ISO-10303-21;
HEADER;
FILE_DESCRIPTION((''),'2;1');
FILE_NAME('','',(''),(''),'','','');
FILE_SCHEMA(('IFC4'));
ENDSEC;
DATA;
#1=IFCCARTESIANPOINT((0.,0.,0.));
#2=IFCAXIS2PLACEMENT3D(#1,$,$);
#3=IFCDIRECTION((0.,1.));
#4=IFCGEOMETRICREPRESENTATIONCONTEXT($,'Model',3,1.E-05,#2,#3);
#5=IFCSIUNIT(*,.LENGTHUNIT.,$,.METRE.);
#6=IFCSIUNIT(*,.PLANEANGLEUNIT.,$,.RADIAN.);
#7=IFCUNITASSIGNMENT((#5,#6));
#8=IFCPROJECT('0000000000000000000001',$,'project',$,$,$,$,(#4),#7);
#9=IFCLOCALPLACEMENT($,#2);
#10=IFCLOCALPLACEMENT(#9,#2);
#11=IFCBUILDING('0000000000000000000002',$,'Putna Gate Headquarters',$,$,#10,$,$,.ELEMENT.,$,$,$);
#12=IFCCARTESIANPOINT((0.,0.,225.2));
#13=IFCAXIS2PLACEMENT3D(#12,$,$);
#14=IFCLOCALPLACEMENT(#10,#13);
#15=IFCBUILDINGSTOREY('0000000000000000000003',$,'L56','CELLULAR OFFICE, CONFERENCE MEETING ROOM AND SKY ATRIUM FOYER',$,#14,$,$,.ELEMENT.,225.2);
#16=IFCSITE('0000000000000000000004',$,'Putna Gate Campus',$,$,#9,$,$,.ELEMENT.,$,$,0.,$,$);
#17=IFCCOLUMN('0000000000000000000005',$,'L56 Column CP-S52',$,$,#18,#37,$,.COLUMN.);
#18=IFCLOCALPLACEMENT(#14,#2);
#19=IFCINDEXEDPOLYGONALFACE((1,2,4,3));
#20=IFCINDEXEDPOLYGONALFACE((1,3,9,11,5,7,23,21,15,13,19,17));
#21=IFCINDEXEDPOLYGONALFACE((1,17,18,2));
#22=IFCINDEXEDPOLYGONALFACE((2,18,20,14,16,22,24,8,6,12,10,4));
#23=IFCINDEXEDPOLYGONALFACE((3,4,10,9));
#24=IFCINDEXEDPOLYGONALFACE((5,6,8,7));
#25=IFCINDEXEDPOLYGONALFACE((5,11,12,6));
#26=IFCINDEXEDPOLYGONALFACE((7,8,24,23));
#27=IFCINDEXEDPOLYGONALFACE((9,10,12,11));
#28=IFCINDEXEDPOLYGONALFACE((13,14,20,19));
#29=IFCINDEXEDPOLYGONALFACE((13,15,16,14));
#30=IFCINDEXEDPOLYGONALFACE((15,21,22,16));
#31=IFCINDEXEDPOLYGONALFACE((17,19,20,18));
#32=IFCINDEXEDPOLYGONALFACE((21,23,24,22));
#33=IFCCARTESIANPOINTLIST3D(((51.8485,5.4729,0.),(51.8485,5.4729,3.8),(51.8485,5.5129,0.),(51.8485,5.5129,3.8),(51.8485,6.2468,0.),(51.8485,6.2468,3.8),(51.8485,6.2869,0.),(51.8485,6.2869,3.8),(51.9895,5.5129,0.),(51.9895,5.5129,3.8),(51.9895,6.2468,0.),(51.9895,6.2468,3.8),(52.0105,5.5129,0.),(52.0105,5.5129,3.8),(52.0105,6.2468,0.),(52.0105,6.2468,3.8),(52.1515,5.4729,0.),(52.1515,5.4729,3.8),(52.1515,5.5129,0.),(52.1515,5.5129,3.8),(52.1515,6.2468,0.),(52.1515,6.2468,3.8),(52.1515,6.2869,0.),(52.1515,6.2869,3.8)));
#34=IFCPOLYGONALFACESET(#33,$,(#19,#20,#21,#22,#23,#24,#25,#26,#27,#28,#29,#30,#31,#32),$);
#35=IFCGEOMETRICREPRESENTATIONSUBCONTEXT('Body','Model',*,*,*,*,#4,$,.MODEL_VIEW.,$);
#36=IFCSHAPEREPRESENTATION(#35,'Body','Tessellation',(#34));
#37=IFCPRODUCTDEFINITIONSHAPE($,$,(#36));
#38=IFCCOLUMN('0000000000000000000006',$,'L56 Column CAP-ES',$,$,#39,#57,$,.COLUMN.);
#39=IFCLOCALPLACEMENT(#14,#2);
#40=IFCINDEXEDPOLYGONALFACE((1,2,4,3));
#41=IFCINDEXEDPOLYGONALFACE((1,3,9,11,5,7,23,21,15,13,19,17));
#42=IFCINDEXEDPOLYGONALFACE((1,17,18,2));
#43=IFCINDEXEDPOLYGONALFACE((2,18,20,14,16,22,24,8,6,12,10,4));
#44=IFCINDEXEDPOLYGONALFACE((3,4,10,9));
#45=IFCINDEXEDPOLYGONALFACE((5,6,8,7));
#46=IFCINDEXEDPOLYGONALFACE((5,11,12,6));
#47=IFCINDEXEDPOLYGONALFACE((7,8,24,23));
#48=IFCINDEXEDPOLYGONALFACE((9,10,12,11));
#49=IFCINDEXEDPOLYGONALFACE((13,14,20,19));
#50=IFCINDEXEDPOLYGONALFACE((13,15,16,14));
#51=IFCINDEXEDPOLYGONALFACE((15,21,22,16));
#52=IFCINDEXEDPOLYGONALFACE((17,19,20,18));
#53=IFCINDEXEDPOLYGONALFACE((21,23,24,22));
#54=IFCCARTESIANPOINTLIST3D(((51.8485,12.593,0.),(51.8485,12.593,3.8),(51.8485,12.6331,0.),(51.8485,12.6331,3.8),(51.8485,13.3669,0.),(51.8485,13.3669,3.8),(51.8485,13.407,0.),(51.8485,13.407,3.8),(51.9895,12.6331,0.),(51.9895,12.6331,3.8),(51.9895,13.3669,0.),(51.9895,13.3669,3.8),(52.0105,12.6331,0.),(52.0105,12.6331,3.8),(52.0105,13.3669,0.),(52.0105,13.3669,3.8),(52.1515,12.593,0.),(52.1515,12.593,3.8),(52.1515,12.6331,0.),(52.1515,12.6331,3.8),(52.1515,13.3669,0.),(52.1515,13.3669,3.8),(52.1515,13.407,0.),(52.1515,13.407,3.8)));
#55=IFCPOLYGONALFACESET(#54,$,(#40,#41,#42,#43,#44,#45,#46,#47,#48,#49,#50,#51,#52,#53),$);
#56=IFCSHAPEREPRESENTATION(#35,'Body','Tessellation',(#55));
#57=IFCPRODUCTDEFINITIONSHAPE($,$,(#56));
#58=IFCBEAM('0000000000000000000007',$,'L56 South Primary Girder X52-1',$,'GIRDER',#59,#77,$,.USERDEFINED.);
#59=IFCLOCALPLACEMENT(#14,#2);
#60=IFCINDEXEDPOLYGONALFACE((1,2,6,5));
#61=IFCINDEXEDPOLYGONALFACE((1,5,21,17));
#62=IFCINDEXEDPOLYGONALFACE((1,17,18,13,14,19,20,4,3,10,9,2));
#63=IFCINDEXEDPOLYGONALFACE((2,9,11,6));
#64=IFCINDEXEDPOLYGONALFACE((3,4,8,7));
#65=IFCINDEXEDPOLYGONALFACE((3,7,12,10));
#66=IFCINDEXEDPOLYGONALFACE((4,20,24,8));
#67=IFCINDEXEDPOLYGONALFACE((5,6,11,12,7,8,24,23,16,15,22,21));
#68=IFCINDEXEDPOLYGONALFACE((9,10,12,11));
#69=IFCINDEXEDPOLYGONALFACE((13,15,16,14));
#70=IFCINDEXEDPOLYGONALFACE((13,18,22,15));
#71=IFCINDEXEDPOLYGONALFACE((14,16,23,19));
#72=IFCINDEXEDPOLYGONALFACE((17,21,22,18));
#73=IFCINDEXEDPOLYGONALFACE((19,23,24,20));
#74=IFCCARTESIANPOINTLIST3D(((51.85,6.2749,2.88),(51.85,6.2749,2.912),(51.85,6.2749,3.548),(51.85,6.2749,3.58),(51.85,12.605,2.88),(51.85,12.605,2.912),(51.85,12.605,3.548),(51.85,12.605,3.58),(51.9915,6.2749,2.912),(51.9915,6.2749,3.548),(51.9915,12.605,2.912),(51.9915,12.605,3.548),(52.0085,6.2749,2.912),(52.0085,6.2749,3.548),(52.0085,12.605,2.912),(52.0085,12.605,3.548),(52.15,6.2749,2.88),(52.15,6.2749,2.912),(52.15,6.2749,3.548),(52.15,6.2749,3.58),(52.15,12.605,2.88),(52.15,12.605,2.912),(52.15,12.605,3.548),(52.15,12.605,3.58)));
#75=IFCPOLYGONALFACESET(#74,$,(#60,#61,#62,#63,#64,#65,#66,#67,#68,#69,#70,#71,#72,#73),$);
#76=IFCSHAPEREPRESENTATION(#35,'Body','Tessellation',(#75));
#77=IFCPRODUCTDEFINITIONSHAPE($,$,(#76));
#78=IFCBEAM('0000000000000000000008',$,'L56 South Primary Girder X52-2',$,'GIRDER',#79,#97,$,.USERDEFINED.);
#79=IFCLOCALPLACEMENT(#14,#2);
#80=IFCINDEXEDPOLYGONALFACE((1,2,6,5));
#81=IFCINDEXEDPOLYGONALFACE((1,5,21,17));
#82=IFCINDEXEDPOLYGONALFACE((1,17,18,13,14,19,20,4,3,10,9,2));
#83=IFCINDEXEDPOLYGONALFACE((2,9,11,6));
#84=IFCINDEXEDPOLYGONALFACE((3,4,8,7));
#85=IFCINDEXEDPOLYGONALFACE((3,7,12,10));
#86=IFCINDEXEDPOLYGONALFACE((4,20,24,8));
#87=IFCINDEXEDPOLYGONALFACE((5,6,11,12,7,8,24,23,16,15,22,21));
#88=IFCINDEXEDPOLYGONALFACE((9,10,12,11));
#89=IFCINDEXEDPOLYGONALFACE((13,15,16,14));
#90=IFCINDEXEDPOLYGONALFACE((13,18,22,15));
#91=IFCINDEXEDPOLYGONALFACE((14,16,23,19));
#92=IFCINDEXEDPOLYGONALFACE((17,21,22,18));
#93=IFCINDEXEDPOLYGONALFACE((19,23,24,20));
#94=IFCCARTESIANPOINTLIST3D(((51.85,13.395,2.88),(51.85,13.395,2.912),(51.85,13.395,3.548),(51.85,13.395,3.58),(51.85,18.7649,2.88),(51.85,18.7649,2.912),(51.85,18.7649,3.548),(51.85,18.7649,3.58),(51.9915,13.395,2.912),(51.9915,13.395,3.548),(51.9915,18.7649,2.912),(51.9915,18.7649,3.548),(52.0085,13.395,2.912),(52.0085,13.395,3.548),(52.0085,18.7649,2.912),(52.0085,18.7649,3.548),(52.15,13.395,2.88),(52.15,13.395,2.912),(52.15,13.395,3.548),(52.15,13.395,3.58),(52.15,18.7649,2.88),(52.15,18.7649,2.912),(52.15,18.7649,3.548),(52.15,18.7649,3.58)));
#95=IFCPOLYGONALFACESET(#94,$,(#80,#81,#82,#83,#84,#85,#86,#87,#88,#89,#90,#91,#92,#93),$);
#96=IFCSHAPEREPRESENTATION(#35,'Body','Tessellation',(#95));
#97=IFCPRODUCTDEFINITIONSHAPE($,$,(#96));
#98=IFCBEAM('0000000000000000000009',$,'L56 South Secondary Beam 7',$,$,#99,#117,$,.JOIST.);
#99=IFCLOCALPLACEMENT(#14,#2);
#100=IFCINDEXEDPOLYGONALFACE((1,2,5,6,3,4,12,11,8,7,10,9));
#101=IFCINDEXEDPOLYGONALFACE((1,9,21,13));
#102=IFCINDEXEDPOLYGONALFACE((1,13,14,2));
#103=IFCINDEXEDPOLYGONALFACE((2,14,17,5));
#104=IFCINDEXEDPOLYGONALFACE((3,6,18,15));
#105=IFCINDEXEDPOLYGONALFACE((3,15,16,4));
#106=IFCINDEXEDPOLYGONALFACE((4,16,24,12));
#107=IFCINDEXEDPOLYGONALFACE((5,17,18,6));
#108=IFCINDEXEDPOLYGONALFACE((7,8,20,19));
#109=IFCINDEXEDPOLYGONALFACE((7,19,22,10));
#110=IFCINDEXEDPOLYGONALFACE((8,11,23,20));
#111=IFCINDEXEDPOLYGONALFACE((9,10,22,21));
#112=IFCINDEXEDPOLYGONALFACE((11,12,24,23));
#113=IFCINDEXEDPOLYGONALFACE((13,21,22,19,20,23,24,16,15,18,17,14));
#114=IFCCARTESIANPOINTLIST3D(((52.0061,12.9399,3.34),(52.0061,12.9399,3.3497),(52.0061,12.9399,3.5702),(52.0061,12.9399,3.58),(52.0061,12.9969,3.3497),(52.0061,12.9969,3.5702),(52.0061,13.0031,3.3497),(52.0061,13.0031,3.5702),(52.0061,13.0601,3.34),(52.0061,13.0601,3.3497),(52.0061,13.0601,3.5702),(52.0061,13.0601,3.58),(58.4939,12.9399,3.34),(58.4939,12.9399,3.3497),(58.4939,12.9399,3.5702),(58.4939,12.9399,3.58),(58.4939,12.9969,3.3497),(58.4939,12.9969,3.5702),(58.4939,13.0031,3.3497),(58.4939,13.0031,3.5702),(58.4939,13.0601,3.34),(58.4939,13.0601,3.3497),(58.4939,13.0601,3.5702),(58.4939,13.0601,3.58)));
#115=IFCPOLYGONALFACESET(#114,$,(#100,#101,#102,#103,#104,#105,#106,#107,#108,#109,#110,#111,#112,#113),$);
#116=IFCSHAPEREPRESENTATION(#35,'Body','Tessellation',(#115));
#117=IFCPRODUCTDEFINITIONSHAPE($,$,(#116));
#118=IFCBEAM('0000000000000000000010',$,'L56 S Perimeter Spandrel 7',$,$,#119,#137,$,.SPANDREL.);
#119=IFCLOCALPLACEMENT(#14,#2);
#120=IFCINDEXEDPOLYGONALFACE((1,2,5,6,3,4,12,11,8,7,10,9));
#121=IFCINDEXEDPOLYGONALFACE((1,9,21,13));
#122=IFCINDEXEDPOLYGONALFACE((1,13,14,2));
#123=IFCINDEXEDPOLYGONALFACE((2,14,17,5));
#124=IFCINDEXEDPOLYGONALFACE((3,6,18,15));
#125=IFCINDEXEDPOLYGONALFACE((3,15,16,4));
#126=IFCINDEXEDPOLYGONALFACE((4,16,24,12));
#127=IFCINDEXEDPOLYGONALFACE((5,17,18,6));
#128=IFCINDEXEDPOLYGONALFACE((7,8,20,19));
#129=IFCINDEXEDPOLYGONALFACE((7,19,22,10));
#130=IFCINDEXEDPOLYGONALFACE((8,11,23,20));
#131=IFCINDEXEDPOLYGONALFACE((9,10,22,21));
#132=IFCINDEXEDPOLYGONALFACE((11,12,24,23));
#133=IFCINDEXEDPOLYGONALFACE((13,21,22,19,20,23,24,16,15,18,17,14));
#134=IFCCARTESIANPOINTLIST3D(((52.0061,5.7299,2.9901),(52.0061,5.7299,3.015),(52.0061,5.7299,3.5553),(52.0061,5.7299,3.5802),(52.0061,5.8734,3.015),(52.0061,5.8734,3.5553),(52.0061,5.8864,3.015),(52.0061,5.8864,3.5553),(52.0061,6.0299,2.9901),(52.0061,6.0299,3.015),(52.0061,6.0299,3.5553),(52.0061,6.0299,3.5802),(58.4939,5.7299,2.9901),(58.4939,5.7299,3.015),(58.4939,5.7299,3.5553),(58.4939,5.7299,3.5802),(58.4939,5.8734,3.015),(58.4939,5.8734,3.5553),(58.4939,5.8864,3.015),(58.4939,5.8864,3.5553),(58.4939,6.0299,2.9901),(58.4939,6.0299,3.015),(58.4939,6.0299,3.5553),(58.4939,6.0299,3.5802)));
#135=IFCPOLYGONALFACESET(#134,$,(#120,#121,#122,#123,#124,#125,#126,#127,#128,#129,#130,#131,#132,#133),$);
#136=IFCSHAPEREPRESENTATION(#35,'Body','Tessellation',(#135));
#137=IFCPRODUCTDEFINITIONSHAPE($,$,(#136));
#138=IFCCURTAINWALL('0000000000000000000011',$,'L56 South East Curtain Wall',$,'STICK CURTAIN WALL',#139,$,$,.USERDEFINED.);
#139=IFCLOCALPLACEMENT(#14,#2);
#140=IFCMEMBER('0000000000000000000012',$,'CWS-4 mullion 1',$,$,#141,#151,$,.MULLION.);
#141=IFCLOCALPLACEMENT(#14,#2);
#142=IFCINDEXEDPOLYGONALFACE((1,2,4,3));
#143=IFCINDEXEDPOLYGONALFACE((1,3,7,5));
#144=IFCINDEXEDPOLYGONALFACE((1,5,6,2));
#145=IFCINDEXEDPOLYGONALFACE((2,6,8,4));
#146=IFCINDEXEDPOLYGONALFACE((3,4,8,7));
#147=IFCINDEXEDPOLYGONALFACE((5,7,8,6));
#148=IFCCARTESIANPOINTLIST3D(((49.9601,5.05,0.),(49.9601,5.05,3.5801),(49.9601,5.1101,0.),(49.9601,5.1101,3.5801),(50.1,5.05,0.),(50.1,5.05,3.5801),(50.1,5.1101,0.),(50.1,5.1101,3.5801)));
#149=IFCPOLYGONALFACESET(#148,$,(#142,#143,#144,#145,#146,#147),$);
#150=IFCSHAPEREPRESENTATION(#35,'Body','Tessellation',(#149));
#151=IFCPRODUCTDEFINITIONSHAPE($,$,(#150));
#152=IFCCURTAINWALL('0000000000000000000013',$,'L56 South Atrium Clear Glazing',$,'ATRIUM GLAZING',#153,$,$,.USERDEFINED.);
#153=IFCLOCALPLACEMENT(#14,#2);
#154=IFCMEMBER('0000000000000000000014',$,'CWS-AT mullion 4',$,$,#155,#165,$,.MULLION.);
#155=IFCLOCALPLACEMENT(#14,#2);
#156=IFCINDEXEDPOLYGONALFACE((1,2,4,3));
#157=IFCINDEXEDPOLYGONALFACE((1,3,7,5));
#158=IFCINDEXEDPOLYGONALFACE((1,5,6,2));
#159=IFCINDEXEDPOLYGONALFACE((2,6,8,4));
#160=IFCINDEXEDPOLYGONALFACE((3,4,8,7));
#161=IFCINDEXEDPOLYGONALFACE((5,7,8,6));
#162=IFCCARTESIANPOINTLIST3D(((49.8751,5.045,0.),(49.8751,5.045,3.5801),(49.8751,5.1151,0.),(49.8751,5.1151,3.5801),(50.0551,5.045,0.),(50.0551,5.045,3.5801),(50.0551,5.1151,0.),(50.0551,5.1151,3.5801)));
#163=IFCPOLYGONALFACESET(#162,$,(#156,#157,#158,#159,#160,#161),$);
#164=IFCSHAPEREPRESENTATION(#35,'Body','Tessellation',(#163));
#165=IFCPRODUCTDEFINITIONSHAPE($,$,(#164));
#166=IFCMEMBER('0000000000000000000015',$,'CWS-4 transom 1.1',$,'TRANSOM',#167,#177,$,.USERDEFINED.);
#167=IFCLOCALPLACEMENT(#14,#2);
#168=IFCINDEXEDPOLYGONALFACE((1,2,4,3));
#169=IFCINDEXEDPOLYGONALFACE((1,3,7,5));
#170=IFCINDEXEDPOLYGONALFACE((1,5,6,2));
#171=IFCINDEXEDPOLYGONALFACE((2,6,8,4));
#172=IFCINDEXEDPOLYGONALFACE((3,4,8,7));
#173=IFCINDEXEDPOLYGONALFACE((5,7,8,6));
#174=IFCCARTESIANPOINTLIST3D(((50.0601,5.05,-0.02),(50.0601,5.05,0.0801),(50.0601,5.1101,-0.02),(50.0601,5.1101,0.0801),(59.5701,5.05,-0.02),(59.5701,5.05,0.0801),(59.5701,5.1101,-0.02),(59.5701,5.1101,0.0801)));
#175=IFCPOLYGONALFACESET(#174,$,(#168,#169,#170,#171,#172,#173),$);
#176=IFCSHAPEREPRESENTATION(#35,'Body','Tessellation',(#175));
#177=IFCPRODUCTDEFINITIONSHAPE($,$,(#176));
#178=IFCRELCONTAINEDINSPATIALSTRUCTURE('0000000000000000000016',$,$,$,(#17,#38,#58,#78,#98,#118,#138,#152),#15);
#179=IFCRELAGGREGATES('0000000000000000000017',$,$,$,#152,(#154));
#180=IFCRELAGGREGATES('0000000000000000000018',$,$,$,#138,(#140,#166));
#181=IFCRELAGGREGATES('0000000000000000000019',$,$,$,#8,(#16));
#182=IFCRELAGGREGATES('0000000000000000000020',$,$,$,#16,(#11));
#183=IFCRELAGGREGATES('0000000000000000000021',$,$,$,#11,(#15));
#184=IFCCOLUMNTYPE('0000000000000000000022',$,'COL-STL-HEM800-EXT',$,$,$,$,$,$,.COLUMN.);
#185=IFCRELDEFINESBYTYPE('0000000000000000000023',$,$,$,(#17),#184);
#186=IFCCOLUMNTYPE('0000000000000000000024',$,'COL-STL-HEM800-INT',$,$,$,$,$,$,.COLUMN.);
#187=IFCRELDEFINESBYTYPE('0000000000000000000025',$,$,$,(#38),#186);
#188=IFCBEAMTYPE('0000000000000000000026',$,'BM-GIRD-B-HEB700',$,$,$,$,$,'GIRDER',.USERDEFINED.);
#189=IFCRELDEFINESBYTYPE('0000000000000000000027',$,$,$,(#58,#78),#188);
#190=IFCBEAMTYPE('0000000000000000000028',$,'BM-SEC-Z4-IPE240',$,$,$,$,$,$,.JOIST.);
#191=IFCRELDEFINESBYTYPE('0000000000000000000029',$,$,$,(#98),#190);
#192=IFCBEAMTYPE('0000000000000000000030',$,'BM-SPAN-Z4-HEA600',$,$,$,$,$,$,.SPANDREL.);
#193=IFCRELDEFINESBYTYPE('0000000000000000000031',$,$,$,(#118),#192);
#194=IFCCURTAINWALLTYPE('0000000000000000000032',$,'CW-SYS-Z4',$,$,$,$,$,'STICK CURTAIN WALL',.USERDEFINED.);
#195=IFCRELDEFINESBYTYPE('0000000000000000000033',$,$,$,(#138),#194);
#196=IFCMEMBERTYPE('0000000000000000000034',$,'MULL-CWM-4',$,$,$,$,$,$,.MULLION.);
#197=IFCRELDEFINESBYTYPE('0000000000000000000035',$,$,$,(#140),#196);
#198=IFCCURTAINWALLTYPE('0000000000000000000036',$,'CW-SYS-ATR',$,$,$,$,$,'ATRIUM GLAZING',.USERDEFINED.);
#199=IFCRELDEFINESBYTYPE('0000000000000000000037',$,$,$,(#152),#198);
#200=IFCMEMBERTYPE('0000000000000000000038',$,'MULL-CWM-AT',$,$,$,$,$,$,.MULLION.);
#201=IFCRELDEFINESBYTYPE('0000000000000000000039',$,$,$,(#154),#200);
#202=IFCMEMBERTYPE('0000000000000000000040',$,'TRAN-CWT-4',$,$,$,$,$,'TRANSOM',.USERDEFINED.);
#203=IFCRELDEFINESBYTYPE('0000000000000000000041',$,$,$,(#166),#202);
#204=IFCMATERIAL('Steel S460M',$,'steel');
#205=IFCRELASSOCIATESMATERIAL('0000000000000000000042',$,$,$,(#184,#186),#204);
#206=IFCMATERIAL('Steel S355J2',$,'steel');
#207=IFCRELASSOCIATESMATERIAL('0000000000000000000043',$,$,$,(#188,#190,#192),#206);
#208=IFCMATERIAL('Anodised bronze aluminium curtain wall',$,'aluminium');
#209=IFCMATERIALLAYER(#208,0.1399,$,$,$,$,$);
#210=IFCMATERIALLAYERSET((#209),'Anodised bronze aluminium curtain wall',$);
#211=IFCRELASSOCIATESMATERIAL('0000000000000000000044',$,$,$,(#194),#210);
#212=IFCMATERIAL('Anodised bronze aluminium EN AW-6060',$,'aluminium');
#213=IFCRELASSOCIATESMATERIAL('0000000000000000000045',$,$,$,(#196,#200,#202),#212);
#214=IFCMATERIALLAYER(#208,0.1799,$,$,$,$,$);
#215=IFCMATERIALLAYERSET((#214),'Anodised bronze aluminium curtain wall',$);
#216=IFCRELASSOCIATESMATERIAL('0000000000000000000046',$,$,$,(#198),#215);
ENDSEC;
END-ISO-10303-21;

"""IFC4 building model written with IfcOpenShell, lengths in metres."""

from ifc_helpers import new_model, si_unit, direction, frame, origin, origin_2d, place, context, subcontext, project, spatial, rectangle, i_section, extrude, material, layer, layer_set, material_profile, profile_set, type_object, element, aggregate, save


model = new_model("IFC4")

# Units and contexts
model_context = context("Model", 3, precision=1e-05, world=origin(), true_north=direction((0.0, 1.0)))
body_context = subcontext(model_context, "Body", "Model", "MODEL_VIEW")
ifc_project = project(units=[si_unit("LENGTHUNIT", "METRE"), si_unit("PLANEANGLEUNIT", "RADIAN")], contexts=[model_context])

# Site, building, storey
site_placement = place(None, origin())
site = spatial("IfcSite", under=ifc_project, at=site_placement, Name="Putna Gate Campus", CompositionType="ELEMENT", RefElevation=0.0)
building_placement = place(site_placement, origin())
building = spatial("IfcBuilding", under=site, at=building_placement, Name="Putna Gate Headquarters", CompositionType="ELEMENT")
storey_placement = place(building_placement, frame((0.0, 0.0, 225.2)))
storey = spatial("IfcBuildingStorey", under=building, at=storey_placement, Name="L56", Description="CELLULAR OFFICE, CONFERENCE MEETING ROOM AND SKY ATRIUM FOYER", CompositionType="ELEMENT", Elevation=225.2)

# Columns
ifc_material_1 = material(Name="Steel S460M", Category="steel")
ifc_material_profile_1 = material_profile(ifc_material_1, i_section(OverallWidth=0.303, OverallDepth=0.814, WebThickness=0.021, FlangeThickness=0.04, at=origin_2d()), Name="Steel S460M")
ifc_profile_set_1 = profile_set([ifc_material_profile_1], Name="Steel S460M")
column_type_1 = type_object("IfcColumnType", Name="COL-STL-HEM800-EXT", PredefinedType="COLUMN", material=ifc_profile_set_1)
column_1_placement = place(storey_placement, frame((52.0, 5.8799, 0.0), z_axis=(0.0, 0.0, 1.0), x_axis=(1.0, 0.0, 0.0)))
element("IfcColumn", 1, at=column_1_placement, inside=storey, type_object=column_type_1, Name="L56 Column CP-S52", PredefinedType="COLUMN", context=body_context, shape_type="SweptSolid", body=[
    extrude(i_section(OverallWidth=0.303, OverallDepth=0.814, WebThickness=0.021, FlangeThickness=0.04, at=origin_2d()), origin(), (0.0, 0.0, 1.0), 3.8),
])
ifc_material_profile_2 = material_profile(ifc_material_1, i_section(OverallWidth=0.303, OverallDepth=0.814, WebThickness=0.021, FlangeThickness=0.04, at=origin_2d()), Name="Steel S460M")
ifc_profile_set_2 = profile_set([ifc_material_profile_2], Name="Steel S460M")
column_type_2 = type_object("IfcColumnType", Name="COL-STL-HEM800-INT", PredefinedType="COLUMN", material=ifc_profile_set_2)
column_2_placement = place(storey_placement, frame((52.0, 13.0, 0.0), z_axis=(0.0, 0.0, 1.0), x_axis=(1.0, 0.0, 0.0)))
element("IfcColumn", 2, at=column_2_placement, inside=storey, type_object=column_type_2, Name="L56 Column CAP-ES", PredefinedType="COLUMN", context=body_context, shape_type="SweptSolid", body=[
    extrude(i_section(OverallWidth=0.303, OverallDepth=0.814, WebThickness=0.021, FlangeThickness=0.04, at=origin_2d()), origin(), (0.0, 0.0, 1.0), 3.8),
])

# Beams
ifc_material_2 = material(Name="Steel S355J2", Category="steel")
ifc_material_profile_3 = material_profile(ifc_material_2, i_section(OverallWidth=0.3, OverallDepth=0.7, WebThickness=0.0171, FlangeThickness=0.032, at=origin_2d()), Name="Steel S355J2")
ifc_profile_set_3 = profile_set([ifc_material_profile_3], Name="Steel S355J2")
beam_type_1 = type_object("IfcBeamType", Name="BM-GIRD-B-HEB700", ElementType="GIRDER", PredefinedType="USERDEFINED", material=ifc_profile_set_3)
beam_1_placement = place(storey_placement, frame((52.0, 6.2749, 3.23), z_axis=(0.0, 1.0, 0.0), x_axis=(-1.0, 0.0, 0.0)))
element("IfcBeam", 3, at=beam_1_placement, inside=storey, type_object=beam_type_1, Name="L56 South Primary Girder X52-1", ObjectType="GIRDER", PredefinedType="USERDEFINED", context=body_context, shape_type="SweptSolid", body=[
    extrude(i_section(OverallWidth=0.3, OverallDepth=0.7, WebThickness=0.0171, FlangeThickness=0.032, at=origin_2d()), origin(), (0.0, 0.0, 1.0), 6.3301),
])
beam_2_placement = place(storey_placement, frame((52.0, 13.395, 3.23), z_axis=(0.0, 1.0, 0.0), x_axis=(-1.0, 0.0, 0.0)))
element("IfcBeam", 4, at=beam_2_placement, inside=storey, type_object=beam_type_1, Name="L56 South Primary Girder X52-2", ObjectType="GIRDER", PredefinedType="USERDEFINED", context=body_context, shape_type="SweptSolid", body=[
    extrude(i_section(OverallWidth=0.3, OverallDepth=0.7, WebThickness=0.0171, FlangeThickness=0.032, at=origin_2d()), origin(), (0.0, 0.0, 1.0), 5.3699),
])
ifc_material_profile_4 = material_profile(ifc_material_2, i_section(OverallWidth=0.1201, OverallDepth=0.24, WebThickness=0.0061, FlangeThickness=0.0098, at=origin_2d()), Name="Steel S355J2")
ifc_profile_set_4 = profile_set([ifc_material_profile_4], Name="Steel S355J2")
beam_type_2 = type_object("IfcBeamType", Name="BM-SEC-Z4-IPE240", PredefinedType="JOIST", material=ifc_profile_set_4)
beam_3_placement = place(storey_placement, frame((52.0061, 13.0, 3.46), z_axis=(1.0, 0.0, 0.0), x_axis=(0.0, 1.0, 0.0)))
element("IfcBeam", 5, at=beam_3_placement, inside=storey, type_object=beam_type_2, Name="L56 South Secondary Beam 7", PredefinedType="JOIST", context=body_context, shape_type="SweptSolid", body=[
    extrude(i_section(OverallWidth=0.1201, OverallDepth=0.24, WebThickness=0.0061, FlangeThickness=0.0098, at=origin_2d()), origin(), (0.0, 0.0, 1.0), 6.4878),
])
ifc_material_profile_5 = material_profile(ifc_material_2, i_section(OverallWidth=0.3, OverallDepth=0.5901, WebThickness=0.0129, FlangeThickness=0.0249, at=origin_2d()), Name="Steel S355J2")
ifc_profile_set_5 = profile_set([ifc_material_profile_5], Name="Steel S355J2")
beam_type_3 = type_object("IfcBeamType", Name="BM-SPAN-Z4-HEA600", PredefinedType="SPANDREL", material=ifc_profile_set_5)
beam_4_placement = place(storey_placement, frame((52.0061, 5.8799, 3.2852), z_axis=(1.0, 0.0, 0.0), x_axis=(0.0, 1.0, 0.0)))
element("IfcBeam", 6, at=beam_4_placement, inside=storey, type_object=beam_type_3, Name="L56 S Perimeter Spandrel 7", PredefinedType="SPANDREL", context=body_context, shape_type="SweptSolid", body=[
    extrude(i_section(OverallWidth=0.3, OverallDepth=0.5901, WebThickness=0.0129, FlangeThickness=0.0249, at=origin_2d()), origin(), (0.0, 0.0, 1.0), 6.4878),
])

# Curtain walls, members
ifc_material_3 = material(Name="Anodised bronze aluminium curtain wall", Category="aluminium")
ifc_layer_1 = layer(ifc_material_3, 0.1399)
ifc_layer_set_1 = layer_set([ifc_layer_1], Name="Anodised bronze aluminium curtain wall")
curtain_wall_type_1 = type_object("IfcCurtainWallType", Name="CW-SYS-Z4", ElementType="STICK CURTAIN WALL", PredefinedType="USERDEFINED", material=ifc_layer_set_1)
curtain_wall_1_placement = place(storey_placement, origin())
curtain_wall_1 = element("IfcCurtainWall", 7, at=curtain_wall_1_placement, inside=storey, type_object=curtain_wall_type_1, Name="L56 South East Curtain Wall", ObjectType="STICK CURTAIN WALL", PredefinedType="USERDEFINED")
ifc_material_4 = material(Name="Anodised bronze aluminium EN AW-6060", Category="aluminium")
ifc_material_profile_6 = material_profile(ifc_material_4, rectangle(XDim=0.0601, YDim=0.1399, at=origin_2d()), Name="Anodised bronze aluminium EN AW-6060")
ifc_profile_set_6 = profile_set([ifc_material_profile_6], Name="Anodised bronze aluminium EN AW-6060")
member_type_1 = type_object("IfcMemberType", Name="MULL-CWM-4", PredefinedType="MULLION", material=ifc_profile_set_6)
member_1_placement = place(storey_placement, frame((50.03, 5.0801, 0.0), z_axis=(0.0, 0.0, 1.0), x_axis=(0.0, 1.0, 0.0)))
member_1 = element("IfcMember", 8, at=member_1_placement, type_object=member_type_1, Name="CWS-4 mullion 1", PredefinedType="MULLION", context=body_context, shape_type="SweptSolid", body=[
    extrude(rectangle(XDim=0.0601, YDim=0.1399, at=origin_2d()), origin(), (0.0, 0.0, 1.0), 3.5801),
])
ifc_layer_2 = layer(ifc_material_3, 0.1799)
ifc_layer_set_2 = layer_set([ifc_layer_2], Name="Anodised bronze aluminium curtain wall")
curtain_wall_type_2 = type_object("IfcCurtainWallType", Name="CW-SYS-ATR", ElementType="ATRIUM GLAZING", PredefinedType="USERDEFINED", material=ifc_layer_set_2)
curtain_wall_2_placement = place(storey_placement, origin())
curtain_wall_2 = element("IfcCurtainWall", 9, at=curtain_wall_2_placement, inside=storey, type_object=curtain_wall_type_2, Name="L56 South Atrium Clear Glazing", ObjectType="ATRIUM GLAZING", PredefinedType="USERDEFINED")
ifc_material_profile_7 = material_profile(ifc_material_4, rectangle(XDim=0.0701, YDim=0.1799, at=origin_2d()), Name="Anodised bronze aluminium EN AW-6060")
ifc_profile_set_7 = profile_set([ifc_material_profile_7], Name="Anodised bronze aluminium EN AW-6060")
member_type_2 = type_object("IfcMemberType", Name="MULL-CWM-AT", PredefinedType="MULLION", material=ifc_profile_set_7)
member_2_placement = place(storey_placement, frame((49.9651, 5.0801, 0.0), z_axis=(0.0, 0.0, 1.0), x_axis=(0.0, 1.0, 0.0)))
member_2 = element("IfcMember", 10, at=member_2_placement, type_object=member_type_2, Name="CWS-AT mullion 4", PredefinedType="MULLION", context=body_context, shape_type="SweptSolid", body=[
    extrude(rectangle(XDim=0.0701, YDim=0.1799, at=origin_2d()), origin(), (0.0, 0.0, 1.0), 3.5801),
])
aggregate(curtain_wall_2, [member_2])

# Member
ifc_material_profile_8 = material_profile(ifc_material_4, rectangle(XDim=0.0601, YDim=0.1001, at=origin_2d()), Name="Anodised bronze aluminium EN AW-6060")
ifc_profile_set_8 = profile_set([ifc_material_profile_8], Name="Anodised bronze aluminium EN AW-6060")
member_type_3 = type_object("IfcMemberType", Name="TRAN-CWT-4", ElementType="TRANSOM", PredefinedType="USERDEFINED", material=ifc_profile_set_8)
member_3_placement = place(storey_placement, frame((50.0601, 5.0801, 0.03), z_axis=(1.0, 0.0, 0.0), x_axis=(0.0, 1.0, 0.0)))
member_3 = element("IfcMember", 11, at=member_3_placement, type_object=member_type_3, Name="CWS-4 transom 1.1", ObjectType="TRANSOM", PredefinedType="USERDEFINED", context=body_context, shape_type="SweptSolid", body=[
    extrude(rectangle(XDim=0.0601, YDim=0.1001, at=origin_2d()), origin(), (0.0, 0.0, 1.0), 9.51),
])

aggregate(curtain_wall_1, [member_1, member_3])

save(model, "model.ifc")
